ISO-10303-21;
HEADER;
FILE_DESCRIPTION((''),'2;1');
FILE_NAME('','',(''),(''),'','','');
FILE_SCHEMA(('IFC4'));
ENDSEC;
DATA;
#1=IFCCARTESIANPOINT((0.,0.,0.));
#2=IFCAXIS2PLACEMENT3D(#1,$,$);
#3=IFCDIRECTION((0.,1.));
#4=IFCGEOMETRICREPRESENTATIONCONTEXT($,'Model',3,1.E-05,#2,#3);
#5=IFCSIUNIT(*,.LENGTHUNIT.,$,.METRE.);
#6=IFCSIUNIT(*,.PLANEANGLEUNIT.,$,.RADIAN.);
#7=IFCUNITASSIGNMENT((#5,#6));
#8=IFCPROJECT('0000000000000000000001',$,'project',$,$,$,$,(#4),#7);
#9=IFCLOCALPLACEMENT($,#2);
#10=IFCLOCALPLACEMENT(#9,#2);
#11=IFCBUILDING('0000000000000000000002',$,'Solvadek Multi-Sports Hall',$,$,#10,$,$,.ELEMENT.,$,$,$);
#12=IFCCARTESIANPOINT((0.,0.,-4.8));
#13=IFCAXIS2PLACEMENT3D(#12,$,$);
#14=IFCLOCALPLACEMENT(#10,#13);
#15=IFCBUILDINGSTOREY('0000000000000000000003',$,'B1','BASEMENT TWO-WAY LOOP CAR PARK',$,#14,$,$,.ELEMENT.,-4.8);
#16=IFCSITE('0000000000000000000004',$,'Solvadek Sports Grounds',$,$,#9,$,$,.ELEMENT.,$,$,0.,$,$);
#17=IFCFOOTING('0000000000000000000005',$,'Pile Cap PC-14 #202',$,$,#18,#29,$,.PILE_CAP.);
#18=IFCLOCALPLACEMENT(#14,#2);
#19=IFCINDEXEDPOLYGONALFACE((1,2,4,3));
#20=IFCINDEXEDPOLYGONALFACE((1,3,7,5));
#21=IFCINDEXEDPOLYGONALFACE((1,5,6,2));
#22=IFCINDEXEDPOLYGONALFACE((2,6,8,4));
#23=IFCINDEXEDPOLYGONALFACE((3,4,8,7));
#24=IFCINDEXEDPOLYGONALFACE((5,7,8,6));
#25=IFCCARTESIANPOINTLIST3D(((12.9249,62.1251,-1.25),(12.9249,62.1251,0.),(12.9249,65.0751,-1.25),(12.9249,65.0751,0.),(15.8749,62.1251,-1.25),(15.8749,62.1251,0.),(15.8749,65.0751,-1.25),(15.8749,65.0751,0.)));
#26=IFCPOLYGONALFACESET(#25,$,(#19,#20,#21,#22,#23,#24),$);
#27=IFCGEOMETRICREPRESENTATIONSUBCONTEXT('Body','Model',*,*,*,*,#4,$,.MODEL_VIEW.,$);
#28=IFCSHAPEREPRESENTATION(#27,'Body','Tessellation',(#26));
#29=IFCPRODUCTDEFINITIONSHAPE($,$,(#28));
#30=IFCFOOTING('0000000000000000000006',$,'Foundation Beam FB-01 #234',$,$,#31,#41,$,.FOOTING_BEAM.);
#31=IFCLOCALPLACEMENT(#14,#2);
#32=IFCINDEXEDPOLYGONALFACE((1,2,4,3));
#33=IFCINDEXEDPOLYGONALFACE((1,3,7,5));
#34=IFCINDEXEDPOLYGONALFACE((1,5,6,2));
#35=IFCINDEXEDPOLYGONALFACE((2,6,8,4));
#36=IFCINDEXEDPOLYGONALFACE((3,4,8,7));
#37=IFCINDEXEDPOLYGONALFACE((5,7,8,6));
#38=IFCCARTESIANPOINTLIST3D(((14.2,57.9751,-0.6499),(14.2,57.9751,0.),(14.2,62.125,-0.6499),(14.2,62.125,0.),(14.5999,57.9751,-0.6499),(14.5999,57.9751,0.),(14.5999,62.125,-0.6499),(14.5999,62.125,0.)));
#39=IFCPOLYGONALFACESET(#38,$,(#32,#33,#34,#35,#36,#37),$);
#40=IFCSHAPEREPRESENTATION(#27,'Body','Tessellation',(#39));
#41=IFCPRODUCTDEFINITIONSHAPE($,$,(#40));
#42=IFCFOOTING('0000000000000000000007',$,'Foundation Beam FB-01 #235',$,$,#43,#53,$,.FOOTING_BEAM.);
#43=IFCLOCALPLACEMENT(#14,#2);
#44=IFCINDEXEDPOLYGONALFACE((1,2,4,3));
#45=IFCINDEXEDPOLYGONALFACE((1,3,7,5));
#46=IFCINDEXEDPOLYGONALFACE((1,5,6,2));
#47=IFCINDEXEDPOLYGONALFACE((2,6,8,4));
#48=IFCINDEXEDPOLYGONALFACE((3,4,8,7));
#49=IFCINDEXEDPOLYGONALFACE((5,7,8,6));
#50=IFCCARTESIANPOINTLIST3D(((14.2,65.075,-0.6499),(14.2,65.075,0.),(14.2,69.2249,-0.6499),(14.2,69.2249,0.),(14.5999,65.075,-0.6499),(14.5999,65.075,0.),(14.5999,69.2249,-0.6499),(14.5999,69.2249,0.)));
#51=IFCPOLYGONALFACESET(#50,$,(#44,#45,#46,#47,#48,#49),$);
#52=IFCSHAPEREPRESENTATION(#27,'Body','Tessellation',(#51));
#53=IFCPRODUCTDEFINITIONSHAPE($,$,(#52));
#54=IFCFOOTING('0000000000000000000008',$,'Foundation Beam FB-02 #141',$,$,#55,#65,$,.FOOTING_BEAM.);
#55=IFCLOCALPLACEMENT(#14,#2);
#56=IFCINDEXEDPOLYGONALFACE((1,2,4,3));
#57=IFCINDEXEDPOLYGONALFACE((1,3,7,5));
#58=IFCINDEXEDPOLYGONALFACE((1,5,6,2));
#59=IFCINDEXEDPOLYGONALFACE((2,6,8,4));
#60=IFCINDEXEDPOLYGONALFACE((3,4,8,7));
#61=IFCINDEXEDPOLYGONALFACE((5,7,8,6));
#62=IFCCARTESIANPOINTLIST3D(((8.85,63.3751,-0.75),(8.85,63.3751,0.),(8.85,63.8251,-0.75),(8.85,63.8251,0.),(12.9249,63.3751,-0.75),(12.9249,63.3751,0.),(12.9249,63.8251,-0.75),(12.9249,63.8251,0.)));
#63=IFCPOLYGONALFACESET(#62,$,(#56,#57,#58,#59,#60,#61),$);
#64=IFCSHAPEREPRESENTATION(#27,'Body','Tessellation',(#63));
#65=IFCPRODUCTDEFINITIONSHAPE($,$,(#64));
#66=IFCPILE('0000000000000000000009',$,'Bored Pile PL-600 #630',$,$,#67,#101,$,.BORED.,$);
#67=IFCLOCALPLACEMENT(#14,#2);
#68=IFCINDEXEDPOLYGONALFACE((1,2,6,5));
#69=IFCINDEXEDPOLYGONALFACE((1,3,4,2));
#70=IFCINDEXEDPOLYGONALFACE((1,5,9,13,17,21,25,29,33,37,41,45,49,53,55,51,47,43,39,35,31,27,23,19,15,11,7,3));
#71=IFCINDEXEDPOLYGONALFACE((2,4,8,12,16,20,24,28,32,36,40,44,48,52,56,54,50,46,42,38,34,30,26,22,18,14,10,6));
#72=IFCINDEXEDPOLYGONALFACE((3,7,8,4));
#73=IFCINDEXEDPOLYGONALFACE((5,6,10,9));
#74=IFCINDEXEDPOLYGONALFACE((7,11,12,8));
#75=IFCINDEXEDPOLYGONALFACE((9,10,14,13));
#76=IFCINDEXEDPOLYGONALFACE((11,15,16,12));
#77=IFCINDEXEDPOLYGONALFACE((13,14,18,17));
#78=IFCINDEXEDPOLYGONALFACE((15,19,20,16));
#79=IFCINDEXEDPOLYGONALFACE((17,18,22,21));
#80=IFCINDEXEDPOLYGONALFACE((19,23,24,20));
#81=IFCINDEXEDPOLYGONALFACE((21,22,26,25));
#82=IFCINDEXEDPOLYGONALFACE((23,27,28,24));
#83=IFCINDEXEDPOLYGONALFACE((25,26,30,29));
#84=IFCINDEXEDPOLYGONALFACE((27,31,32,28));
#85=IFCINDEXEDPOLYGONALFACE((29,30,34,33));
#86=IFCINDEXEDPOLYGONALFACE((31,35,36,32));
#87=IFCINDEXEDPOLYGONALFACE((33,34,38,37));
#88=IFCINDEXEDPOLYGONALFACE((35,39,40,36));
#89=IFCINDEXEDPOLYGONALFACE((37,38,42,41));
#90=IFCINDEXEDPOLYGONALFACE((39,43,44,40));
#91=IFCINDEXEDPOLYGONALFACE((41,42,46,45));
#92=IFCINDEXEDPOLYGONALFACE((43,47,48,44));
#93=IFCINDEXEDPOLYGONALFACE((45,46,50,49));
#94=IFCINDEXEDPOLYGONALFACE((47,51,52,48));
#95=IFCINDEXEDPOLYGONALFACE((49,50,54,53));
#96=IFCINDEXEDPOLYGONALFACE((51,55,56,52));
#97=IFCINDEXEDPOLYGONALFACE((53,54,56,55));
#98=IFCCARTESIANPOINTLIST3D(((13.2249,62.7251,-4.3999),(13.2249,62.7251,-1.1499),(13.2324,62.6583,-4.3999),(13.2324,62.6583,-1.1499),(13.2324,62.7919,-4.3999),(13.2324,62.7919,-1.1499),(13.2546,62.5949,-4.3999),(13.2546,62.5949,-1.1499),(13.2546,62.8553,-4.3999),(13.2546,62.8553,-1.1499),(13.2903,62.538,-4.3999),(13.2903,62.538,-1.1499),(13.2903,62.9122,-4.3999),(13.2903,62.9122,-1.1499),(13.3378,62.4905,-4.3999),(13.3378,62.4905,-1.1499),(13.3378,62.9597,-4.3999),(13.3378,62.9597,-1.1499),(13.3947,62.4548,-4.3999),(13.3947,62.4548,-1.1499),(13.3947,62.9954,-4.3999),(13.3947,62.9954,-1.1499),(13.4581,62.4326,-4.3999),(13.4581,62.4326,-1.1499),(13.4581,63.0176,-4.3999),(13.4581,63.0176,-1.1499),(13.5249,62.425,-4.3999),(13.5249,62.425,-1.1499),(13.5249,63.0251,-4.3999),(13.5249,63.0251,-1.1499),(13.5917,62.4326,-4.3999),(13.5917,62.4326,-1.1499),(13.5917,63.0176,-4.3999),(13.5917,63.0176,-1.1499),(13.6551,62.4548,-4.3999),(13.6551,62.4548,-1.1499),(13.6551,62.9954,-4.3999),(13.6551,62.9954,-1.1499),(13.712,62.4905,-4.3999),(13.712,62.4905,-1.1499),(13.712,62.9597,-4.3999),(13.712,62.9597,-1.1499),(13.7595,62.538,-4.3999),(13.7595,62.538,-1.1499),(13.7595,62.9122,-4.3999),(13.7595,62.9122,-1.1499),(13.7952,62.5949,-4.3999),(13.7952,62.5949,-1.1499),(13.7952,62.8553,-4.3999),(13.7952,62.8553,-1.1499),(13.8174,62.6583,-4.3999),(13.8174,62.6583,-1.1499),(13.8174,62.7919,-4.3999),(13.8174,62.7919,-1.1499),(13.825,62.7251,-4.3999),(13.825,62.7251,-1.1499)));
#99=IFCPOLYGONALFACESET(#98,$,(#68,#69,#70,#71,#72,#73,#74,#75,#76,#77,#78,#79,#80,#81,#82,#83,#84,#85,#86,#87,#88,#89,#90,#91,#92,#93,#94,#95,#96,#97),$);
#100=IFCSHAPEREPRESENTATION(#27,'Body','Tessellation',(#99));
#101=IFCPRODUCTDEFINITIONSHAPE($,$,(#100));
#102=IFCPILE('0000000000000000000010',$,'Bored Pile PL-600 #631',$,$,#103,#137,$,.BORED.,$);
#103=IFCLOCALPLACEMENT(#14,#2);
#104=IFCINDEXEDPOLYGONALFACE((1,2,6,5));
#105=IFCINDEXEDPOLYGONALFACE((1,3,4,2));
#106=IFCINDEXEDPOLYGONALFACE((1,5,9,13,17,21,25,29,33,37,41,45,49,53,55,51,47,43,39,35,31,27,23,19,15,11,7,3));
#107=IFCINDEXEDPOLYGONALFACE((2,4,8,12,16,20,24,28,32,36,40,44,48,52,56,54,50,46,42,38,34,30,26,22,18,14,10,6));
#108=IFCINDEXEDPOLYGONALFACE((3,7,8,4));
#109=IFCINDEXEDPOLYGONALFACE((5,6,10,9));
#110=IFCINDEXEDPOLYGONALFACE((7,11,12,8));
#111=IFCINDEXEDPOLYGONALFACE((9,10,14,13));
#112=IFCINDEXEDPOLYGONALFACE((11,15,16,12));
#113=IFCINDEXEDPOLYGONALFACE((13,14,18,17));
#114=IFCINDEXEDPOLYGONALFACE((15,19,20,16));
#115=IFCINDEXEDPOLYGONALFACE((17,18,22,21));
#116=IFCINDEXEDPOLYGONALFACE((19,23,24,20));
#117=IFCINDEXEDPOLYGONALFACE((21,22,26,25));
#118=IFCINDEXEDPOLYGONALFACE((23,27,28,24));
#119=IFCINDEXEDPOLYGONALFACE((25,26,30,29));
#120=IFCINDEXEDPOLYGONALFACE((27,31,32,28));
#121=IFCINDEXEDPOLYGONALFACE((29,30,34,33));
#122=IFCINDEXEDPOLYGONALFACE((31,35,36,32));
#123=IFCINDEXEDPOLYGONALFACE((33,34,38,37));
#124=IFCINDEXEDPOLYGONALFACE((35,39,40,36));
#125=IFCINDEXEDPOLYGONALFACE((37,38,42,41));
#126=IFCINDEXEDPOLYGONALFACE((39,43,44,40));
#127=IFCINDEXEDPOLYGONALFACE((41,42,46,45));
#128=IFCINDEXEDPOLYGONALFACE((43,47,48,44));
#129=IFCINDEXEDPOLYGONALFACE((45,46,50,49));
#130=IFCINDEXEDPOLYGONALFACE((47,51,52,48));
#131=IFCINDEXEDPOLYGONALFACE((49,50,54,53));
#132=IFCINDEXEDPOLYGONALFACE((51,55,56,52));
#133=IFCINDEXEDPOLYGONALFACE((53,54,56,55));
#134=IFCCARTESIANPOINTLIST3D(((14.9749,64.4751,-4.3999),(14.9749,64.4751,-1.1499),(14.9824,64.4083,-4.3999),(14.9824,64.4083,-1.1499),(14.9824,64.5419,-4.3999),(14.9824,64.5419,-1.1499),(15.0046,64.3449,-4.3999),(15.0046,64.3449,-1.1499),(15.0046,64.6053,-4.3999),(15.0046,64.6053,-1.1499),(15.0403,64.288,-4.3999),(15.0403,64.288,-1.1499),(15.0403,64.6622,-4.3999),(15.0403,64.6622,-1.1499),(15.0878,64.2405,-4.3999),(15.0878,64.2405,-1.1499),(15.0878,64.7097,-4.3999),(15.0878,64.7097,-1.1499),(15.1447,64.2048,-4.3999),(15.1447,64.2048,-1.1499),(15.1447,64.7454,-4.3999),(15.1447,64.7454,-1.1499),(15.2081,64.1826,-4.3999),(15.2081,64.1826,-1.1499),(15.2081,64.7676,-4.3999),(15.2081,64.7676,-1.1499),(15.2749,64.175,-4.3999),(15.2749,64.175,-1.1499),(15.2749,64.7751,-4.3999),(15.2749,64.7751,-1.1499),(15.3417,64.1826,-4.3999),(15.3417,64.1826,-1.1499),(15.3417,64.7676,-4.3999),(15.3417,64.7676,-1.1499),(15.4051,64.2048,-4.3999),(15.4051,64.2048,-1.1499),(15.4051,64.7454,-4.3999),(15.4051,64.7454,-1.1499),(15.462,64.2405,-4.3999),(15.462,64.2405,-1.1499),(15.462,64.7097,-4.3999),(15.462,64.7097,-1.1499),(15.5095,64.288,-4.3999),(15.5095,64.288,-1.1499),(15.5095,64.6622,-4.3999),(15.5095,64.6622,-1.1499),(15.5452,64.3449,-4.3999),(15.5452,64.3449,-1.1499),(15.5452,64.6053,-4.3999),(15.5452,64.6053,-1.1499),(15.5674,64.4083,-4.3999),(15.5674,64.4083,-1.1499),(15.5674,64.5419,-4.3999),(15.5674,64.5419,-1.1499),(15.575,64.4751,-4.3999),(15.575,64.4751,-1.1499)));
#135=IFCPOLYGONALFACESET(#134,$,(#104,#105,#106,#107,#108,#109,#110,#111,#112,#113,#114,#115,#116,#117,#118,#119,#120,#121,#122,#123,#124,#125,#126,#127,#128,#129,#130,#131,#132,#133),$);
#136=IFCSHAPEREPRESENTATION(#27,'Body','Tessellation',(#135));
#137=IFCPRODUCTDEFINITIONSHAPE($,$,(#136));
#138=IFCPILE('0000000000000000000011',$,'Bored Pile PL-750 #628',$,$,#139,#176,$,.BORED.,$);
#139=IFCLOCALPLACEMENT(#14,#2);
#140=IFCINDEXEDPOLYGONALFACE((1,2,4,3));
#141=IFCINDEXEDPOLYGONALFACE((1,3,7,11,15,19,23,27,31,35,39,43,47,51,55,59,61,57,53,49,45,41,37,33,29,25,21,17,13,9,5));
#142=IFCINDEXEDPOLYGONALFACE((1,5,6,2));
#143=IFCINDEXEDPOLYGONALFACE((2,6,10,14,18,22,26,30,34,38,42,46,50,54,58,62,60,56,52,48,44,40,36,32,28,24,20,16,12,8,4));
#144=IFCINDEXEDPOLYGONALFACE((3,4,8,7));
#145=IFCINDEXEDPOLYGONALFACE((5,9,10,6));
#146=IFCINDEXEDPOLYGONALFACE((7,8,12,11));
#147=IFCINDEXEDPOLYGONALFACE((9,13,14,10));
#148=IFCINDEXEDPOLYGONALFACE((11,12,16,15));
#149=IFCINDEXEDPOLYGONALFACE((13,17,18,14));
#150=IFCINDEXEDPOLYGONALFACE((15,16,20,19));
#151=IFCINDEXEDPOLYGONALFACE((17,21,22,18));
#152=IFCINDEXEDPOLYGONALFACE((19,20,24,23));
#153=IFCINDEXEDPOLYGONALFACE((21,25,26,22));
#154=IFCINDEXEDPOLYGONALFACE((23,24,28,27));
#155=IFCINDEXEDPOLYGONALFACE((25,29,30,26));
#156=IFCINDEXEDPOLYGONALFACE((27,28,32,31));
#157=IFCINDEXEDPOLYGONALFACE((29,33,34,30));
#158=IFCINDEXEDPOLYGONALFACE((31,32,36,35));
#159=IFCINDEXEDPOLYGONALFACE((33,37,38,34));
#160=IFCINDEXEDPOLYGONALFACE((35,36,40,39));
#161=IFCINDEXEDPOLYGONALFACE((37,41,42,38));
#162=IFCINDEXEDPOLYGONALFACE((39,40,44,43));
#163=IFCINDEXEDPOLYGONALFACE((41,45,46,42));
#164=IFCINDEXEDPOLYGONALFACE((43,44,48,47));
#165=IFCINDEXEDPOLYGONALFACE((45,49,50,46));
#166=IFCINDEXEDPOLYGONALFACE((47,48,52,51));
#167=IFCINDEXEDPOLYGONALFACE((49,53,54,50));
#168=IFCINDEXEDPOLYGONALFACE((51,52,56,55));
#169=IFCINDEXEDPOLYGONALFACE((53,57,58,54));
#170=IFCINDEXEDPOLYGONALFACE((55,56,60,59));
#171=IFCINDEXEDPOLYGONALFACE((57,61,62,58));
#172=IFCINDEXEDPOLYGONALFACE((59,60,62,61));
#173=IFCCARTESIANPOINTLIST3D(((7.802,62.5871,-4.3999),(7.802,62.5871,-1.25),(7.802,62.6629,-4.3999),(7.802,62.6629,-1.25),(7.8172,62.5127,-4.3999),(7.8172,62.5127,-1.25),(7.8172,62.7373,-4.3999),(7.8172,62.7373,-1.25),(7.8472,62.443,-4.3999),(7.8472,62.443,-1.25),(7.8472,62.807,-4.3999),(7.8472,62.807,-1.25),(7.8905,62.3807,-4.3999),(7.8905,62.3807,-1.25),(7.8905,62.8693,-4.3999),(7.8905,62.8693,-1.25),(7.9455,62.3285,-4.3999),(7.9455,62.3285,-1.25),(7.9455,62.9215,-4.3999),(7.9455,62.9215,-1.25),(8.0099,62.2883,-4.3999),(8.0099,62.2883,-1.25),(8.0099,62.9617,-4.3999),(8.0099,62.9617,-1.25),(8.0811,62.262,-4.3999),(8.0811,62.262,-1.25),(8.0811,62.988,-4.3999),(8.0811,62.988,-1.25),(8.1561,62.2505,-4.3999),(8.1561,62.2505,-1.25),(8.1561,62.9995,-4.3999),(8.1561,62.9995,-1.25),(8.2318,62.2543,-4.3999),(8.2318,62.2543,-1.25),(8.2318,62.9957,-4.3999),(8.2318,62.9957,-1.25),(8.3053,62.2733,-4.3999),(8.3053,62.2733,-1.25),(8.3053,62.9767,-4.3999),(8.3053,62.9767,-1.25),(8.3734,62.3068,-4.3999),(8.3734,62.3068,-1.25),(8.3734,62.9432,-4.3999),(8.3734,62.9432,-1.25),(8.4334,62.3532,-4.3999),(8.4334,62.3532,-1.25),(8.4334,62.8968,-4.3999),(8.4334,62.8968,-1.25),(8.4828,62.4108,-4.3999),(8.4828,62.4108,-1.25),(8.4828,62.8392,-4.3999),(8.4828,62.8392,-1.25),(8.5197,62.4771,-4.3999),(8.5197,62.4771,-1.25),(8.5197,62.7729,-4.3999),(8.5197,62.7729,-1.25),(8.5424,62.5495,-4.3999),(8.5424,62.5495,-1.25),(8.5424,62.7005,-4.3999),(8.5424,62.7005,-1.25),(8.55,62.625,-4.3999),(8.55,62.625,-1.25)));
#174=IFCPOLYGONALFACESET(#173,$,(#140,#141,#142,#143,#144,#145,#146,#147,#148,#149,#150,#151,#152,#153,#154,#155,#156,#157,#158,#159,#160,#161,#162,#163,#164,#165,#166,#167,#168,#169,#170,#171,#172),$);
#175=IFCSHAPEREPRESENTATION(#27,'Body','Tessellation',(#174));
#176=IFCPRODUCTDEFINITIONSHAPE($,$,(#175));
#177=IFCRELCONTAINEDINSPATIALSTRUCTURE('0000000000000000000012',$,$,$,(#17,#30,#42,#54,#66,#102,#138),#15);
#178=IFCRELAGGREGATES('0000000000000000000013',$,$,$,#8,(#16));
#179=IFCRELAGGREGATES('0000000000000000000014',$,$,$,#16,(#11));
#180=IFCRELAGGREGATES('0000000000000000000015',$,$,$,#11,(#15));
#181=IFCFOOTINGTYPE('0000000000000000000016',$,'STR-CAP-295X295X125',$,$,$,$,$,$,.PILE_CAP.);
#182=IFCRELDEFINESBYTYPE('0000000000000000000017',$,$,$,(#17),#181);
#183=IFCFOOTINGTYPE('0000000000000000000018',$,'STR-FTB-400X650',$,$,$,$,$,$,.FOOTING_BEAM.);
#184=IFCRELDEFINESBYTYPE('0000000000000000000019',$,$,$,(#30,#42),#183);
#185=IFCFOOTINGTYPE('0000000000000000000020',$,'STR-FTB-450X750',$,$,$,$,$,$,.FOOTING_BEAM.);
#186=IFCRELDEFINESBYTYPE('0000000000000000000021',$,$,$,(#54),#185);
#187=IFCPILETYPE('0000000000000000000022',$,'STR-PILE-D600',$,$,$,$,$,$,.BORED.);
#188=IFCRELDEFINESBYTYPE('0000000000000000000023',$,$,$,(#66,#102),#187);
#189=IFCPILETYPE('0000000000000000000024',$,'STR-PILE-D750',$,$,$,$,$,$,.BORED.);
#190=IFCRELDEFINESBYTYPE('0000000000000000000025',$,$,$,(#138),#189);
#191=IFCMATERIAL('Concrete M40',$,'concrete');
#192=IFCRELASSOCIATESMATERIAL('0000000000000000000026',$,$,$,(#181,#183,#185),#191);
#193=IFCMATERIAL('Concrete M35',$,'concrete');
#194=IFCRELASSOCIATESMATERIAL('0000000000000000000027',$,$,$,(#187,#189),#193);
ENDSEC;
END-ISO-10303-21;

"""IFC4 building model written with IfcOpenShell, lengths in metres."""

from ifc_helpers import new_model, si_unit, direction, frame, origin, origin_2d, place, context, subcontext, project, spatial, rectangle, circle, extrude, material, material_profile, profile_set, type_object, element, save


model = new_model("IFC4")

# Units and contexts
model_context = context("Model", 3, precision=1e-05, world=origin(), true_north=direction((0.0, 1.0)))
body_context = subcontext(model_context, "Body", "Model", "MODEL_VIEW")
ifc_project = project(units=[si_unit("LENGTHUNIT", "METRE"), si_unit("PLANEANGLEUNIT", "RADIAN")], contexts=[model_context])

# Site, building, storey
site_placement = place(None, origin())
site = spatial("IfcSite", under=ifc_project, at=site_placement, Name="Solvadek Sports Grounds", CompositionType="ELEMENT", RefElevation=0.0)
building_placement = place(site_placement, origin())
building = spatial("IfcBuilding", under=site, at=building_placement, Name="Solvadek Multi-Sports Hall", CompositionType="ELEMENT")
storey_placement = place(building_placement, frame((0.0, 0.0, -4.8)))
storey = spatial("IfcBuildingStorey", under=building, at=storey_placement, Name="B1", Description="BASEMENT TWO-WAY LOOP CAR PARK", CompositionType="ELEMENT", Elevation=-4.8)

# Footings
ifc_material_1 = material(Name="Concrete M40", Category="concrete")
footing_type_1 = type_object("IfcFootingType", Name="STR-CAP-295X295X125", PredefinedType="PILE_CAP", material=ifc_material_1)
footing_1_placement = place(storey_placement, frame((14.3999, 63.6001, -1.25), z_axis=(0.0, 0.0, 1.0), x_axis=(1.0, 0.0, 0.0)))
element("IfcFooting", 1, at=footing_1_placement, inside=storey, type_object=footing_type_1, Name="Pile Cap PC-14 #202", PredefinedType="PILE_CAP", context=body_context, shape_type="SweptSolid", body=[
    extrude(rectangle(XDim=2.95, YDim=2.95, at=origin_2d()), origin(), (0.0, 0.0, 1.0), 1.25),
])
footing_type_2 = type_object("IfcFootingType", Name="STR-FTB-400X650", PredefinedType="FOOTING_BEAM", material=ifc_material_1)
for number, where, z_axis, x_axis, name in (
    (2, (14.3999, 60.05, -0.6499), (0.0, 0.0, 1.0), (0.0, 1.0, 0.0), "Foundation Beam FB-01 #234"),
    (3, (14.3999, 67.1499, -0.6499), (0.0, 0.0, 1.0), (0.0, 1.0, 0.0), "Foundation Beam FB-01 #235"),
):
    element("IfcFooting", number, at=place(storey_placement, frame(where, z_axis=z_axis, x_axis=x_axis)), inside=storey, type_object=footing_type_2, Name=name, PredefinedType="FOOTING_BEAM", context=body_context, shape_type="SweptSolid", body=[
        extrude(rectangle(XDim=4.1499, YDim=0.3999, at=origin_2d()), origin(), (0.0, 0.0, 1.0), 0.6499),
    ])
footing_type_3 = type_object("IfcFootingType", Name="STR-FTB-450X750", PredefinedType="FOOTING_BEAM", material=ifc_material_1)
footing_2_placement = place(storey_placement, frame((10.8875, 63.6001, -0.75), z_axis=(0.0, 0.0, 1.0), x_axis=(1.0, 0.0, 0.0)))
element("IfcFooting", 4, at=footing_2_placement, inside=storey, type_object=footing_type_3, Name="Foundation Beam FB-02 #141", PredefinedType="FOOTING_BEAM", context=body_context, shape_type="SweptSolid", body=[
    extrude(rectangle(XDim=4.075, YDim=0.45, at=origin_2d()), origin(), (0.0, 0.0, 1.0), 0.75),
])

# Piles
ifc_material_2 = material(Name="Concrete M35", Category="concrete")
ifc_material_profile_1 = material_profile(ifc_material_2, circle(Radius=0.3, at=origin_2d()), Name="BORED PILE D600")
ifc_profile_set_1 = profile_set([ifc_material_profile_1], Name="Concrete M35")
pile_type_1 = type_object("IfcPileType", Name="STR-PILE-D600", PredefinedType="BORED", material=ifc_profile_set_1)
for number, where, z_axis, x_axis, name in (
    (5, (13.5249, 62.7251, -1.1499), (0.0, 0.0, -1.0), (1.0, 0.0, 0.0), "Bored Pile PL-600 #630"),
    (6, (15.2749, 64.4751, -1.1499), (0.0, 0.0, -1.0), (1.0, 0.0, 0.0), "Bored Pile PL-600 #631"),
):
    element("IfcPile", number, at=place(storey_placement, frame(where, z_axis=z_axis, x_axis=x_axis)), inside=storey, type_object=pile_type_1, Name=name, PredefinedType="BORED", context=body_context, shape_type="SweptSolid", body=[
        extrude(circle(Radius=0.3, at=origin_2d()), origin(), (0.0, 0.0, 1.0), 3.25),
    ])
ifc_material_profile_2 = material_profile(ifc_material_2, circle(Radius=0.375, at=origin_2d()), Name="BORED PILE D750")
ifc_profile_set_2 = profile_set([ifc_material_profile_2], Name="Concrete M35")
pile_type_2 = type_object("IfcPileType", Name="STR-PILE-D750", PredefinedType="BORED", material=ifc_profile_set_2)
for number, where, z_axis, x_axis, name in (
    (7, (8.175, 62.625, -1.25), (0.0, 0.0, -1.0), (1.0, 0.0, 0.0), "Bored Pile PL-750 #628"),
):
    element("IfcPile", number, at=place(storey_placement, frame(where, z_axis=z_axis, x_axis=x_axis)), inside=storey, type_object=pile_type_2, Name=name, PredefinedType="BORED", context=body_context, shape_type="SweptSolid", body=[
        extrude(circle(Radius=0.375, at=origin_2d()), origin(), (0.0, 0.0, 1.0), 3.1499),
    ])

save(model, "model.ifc")
